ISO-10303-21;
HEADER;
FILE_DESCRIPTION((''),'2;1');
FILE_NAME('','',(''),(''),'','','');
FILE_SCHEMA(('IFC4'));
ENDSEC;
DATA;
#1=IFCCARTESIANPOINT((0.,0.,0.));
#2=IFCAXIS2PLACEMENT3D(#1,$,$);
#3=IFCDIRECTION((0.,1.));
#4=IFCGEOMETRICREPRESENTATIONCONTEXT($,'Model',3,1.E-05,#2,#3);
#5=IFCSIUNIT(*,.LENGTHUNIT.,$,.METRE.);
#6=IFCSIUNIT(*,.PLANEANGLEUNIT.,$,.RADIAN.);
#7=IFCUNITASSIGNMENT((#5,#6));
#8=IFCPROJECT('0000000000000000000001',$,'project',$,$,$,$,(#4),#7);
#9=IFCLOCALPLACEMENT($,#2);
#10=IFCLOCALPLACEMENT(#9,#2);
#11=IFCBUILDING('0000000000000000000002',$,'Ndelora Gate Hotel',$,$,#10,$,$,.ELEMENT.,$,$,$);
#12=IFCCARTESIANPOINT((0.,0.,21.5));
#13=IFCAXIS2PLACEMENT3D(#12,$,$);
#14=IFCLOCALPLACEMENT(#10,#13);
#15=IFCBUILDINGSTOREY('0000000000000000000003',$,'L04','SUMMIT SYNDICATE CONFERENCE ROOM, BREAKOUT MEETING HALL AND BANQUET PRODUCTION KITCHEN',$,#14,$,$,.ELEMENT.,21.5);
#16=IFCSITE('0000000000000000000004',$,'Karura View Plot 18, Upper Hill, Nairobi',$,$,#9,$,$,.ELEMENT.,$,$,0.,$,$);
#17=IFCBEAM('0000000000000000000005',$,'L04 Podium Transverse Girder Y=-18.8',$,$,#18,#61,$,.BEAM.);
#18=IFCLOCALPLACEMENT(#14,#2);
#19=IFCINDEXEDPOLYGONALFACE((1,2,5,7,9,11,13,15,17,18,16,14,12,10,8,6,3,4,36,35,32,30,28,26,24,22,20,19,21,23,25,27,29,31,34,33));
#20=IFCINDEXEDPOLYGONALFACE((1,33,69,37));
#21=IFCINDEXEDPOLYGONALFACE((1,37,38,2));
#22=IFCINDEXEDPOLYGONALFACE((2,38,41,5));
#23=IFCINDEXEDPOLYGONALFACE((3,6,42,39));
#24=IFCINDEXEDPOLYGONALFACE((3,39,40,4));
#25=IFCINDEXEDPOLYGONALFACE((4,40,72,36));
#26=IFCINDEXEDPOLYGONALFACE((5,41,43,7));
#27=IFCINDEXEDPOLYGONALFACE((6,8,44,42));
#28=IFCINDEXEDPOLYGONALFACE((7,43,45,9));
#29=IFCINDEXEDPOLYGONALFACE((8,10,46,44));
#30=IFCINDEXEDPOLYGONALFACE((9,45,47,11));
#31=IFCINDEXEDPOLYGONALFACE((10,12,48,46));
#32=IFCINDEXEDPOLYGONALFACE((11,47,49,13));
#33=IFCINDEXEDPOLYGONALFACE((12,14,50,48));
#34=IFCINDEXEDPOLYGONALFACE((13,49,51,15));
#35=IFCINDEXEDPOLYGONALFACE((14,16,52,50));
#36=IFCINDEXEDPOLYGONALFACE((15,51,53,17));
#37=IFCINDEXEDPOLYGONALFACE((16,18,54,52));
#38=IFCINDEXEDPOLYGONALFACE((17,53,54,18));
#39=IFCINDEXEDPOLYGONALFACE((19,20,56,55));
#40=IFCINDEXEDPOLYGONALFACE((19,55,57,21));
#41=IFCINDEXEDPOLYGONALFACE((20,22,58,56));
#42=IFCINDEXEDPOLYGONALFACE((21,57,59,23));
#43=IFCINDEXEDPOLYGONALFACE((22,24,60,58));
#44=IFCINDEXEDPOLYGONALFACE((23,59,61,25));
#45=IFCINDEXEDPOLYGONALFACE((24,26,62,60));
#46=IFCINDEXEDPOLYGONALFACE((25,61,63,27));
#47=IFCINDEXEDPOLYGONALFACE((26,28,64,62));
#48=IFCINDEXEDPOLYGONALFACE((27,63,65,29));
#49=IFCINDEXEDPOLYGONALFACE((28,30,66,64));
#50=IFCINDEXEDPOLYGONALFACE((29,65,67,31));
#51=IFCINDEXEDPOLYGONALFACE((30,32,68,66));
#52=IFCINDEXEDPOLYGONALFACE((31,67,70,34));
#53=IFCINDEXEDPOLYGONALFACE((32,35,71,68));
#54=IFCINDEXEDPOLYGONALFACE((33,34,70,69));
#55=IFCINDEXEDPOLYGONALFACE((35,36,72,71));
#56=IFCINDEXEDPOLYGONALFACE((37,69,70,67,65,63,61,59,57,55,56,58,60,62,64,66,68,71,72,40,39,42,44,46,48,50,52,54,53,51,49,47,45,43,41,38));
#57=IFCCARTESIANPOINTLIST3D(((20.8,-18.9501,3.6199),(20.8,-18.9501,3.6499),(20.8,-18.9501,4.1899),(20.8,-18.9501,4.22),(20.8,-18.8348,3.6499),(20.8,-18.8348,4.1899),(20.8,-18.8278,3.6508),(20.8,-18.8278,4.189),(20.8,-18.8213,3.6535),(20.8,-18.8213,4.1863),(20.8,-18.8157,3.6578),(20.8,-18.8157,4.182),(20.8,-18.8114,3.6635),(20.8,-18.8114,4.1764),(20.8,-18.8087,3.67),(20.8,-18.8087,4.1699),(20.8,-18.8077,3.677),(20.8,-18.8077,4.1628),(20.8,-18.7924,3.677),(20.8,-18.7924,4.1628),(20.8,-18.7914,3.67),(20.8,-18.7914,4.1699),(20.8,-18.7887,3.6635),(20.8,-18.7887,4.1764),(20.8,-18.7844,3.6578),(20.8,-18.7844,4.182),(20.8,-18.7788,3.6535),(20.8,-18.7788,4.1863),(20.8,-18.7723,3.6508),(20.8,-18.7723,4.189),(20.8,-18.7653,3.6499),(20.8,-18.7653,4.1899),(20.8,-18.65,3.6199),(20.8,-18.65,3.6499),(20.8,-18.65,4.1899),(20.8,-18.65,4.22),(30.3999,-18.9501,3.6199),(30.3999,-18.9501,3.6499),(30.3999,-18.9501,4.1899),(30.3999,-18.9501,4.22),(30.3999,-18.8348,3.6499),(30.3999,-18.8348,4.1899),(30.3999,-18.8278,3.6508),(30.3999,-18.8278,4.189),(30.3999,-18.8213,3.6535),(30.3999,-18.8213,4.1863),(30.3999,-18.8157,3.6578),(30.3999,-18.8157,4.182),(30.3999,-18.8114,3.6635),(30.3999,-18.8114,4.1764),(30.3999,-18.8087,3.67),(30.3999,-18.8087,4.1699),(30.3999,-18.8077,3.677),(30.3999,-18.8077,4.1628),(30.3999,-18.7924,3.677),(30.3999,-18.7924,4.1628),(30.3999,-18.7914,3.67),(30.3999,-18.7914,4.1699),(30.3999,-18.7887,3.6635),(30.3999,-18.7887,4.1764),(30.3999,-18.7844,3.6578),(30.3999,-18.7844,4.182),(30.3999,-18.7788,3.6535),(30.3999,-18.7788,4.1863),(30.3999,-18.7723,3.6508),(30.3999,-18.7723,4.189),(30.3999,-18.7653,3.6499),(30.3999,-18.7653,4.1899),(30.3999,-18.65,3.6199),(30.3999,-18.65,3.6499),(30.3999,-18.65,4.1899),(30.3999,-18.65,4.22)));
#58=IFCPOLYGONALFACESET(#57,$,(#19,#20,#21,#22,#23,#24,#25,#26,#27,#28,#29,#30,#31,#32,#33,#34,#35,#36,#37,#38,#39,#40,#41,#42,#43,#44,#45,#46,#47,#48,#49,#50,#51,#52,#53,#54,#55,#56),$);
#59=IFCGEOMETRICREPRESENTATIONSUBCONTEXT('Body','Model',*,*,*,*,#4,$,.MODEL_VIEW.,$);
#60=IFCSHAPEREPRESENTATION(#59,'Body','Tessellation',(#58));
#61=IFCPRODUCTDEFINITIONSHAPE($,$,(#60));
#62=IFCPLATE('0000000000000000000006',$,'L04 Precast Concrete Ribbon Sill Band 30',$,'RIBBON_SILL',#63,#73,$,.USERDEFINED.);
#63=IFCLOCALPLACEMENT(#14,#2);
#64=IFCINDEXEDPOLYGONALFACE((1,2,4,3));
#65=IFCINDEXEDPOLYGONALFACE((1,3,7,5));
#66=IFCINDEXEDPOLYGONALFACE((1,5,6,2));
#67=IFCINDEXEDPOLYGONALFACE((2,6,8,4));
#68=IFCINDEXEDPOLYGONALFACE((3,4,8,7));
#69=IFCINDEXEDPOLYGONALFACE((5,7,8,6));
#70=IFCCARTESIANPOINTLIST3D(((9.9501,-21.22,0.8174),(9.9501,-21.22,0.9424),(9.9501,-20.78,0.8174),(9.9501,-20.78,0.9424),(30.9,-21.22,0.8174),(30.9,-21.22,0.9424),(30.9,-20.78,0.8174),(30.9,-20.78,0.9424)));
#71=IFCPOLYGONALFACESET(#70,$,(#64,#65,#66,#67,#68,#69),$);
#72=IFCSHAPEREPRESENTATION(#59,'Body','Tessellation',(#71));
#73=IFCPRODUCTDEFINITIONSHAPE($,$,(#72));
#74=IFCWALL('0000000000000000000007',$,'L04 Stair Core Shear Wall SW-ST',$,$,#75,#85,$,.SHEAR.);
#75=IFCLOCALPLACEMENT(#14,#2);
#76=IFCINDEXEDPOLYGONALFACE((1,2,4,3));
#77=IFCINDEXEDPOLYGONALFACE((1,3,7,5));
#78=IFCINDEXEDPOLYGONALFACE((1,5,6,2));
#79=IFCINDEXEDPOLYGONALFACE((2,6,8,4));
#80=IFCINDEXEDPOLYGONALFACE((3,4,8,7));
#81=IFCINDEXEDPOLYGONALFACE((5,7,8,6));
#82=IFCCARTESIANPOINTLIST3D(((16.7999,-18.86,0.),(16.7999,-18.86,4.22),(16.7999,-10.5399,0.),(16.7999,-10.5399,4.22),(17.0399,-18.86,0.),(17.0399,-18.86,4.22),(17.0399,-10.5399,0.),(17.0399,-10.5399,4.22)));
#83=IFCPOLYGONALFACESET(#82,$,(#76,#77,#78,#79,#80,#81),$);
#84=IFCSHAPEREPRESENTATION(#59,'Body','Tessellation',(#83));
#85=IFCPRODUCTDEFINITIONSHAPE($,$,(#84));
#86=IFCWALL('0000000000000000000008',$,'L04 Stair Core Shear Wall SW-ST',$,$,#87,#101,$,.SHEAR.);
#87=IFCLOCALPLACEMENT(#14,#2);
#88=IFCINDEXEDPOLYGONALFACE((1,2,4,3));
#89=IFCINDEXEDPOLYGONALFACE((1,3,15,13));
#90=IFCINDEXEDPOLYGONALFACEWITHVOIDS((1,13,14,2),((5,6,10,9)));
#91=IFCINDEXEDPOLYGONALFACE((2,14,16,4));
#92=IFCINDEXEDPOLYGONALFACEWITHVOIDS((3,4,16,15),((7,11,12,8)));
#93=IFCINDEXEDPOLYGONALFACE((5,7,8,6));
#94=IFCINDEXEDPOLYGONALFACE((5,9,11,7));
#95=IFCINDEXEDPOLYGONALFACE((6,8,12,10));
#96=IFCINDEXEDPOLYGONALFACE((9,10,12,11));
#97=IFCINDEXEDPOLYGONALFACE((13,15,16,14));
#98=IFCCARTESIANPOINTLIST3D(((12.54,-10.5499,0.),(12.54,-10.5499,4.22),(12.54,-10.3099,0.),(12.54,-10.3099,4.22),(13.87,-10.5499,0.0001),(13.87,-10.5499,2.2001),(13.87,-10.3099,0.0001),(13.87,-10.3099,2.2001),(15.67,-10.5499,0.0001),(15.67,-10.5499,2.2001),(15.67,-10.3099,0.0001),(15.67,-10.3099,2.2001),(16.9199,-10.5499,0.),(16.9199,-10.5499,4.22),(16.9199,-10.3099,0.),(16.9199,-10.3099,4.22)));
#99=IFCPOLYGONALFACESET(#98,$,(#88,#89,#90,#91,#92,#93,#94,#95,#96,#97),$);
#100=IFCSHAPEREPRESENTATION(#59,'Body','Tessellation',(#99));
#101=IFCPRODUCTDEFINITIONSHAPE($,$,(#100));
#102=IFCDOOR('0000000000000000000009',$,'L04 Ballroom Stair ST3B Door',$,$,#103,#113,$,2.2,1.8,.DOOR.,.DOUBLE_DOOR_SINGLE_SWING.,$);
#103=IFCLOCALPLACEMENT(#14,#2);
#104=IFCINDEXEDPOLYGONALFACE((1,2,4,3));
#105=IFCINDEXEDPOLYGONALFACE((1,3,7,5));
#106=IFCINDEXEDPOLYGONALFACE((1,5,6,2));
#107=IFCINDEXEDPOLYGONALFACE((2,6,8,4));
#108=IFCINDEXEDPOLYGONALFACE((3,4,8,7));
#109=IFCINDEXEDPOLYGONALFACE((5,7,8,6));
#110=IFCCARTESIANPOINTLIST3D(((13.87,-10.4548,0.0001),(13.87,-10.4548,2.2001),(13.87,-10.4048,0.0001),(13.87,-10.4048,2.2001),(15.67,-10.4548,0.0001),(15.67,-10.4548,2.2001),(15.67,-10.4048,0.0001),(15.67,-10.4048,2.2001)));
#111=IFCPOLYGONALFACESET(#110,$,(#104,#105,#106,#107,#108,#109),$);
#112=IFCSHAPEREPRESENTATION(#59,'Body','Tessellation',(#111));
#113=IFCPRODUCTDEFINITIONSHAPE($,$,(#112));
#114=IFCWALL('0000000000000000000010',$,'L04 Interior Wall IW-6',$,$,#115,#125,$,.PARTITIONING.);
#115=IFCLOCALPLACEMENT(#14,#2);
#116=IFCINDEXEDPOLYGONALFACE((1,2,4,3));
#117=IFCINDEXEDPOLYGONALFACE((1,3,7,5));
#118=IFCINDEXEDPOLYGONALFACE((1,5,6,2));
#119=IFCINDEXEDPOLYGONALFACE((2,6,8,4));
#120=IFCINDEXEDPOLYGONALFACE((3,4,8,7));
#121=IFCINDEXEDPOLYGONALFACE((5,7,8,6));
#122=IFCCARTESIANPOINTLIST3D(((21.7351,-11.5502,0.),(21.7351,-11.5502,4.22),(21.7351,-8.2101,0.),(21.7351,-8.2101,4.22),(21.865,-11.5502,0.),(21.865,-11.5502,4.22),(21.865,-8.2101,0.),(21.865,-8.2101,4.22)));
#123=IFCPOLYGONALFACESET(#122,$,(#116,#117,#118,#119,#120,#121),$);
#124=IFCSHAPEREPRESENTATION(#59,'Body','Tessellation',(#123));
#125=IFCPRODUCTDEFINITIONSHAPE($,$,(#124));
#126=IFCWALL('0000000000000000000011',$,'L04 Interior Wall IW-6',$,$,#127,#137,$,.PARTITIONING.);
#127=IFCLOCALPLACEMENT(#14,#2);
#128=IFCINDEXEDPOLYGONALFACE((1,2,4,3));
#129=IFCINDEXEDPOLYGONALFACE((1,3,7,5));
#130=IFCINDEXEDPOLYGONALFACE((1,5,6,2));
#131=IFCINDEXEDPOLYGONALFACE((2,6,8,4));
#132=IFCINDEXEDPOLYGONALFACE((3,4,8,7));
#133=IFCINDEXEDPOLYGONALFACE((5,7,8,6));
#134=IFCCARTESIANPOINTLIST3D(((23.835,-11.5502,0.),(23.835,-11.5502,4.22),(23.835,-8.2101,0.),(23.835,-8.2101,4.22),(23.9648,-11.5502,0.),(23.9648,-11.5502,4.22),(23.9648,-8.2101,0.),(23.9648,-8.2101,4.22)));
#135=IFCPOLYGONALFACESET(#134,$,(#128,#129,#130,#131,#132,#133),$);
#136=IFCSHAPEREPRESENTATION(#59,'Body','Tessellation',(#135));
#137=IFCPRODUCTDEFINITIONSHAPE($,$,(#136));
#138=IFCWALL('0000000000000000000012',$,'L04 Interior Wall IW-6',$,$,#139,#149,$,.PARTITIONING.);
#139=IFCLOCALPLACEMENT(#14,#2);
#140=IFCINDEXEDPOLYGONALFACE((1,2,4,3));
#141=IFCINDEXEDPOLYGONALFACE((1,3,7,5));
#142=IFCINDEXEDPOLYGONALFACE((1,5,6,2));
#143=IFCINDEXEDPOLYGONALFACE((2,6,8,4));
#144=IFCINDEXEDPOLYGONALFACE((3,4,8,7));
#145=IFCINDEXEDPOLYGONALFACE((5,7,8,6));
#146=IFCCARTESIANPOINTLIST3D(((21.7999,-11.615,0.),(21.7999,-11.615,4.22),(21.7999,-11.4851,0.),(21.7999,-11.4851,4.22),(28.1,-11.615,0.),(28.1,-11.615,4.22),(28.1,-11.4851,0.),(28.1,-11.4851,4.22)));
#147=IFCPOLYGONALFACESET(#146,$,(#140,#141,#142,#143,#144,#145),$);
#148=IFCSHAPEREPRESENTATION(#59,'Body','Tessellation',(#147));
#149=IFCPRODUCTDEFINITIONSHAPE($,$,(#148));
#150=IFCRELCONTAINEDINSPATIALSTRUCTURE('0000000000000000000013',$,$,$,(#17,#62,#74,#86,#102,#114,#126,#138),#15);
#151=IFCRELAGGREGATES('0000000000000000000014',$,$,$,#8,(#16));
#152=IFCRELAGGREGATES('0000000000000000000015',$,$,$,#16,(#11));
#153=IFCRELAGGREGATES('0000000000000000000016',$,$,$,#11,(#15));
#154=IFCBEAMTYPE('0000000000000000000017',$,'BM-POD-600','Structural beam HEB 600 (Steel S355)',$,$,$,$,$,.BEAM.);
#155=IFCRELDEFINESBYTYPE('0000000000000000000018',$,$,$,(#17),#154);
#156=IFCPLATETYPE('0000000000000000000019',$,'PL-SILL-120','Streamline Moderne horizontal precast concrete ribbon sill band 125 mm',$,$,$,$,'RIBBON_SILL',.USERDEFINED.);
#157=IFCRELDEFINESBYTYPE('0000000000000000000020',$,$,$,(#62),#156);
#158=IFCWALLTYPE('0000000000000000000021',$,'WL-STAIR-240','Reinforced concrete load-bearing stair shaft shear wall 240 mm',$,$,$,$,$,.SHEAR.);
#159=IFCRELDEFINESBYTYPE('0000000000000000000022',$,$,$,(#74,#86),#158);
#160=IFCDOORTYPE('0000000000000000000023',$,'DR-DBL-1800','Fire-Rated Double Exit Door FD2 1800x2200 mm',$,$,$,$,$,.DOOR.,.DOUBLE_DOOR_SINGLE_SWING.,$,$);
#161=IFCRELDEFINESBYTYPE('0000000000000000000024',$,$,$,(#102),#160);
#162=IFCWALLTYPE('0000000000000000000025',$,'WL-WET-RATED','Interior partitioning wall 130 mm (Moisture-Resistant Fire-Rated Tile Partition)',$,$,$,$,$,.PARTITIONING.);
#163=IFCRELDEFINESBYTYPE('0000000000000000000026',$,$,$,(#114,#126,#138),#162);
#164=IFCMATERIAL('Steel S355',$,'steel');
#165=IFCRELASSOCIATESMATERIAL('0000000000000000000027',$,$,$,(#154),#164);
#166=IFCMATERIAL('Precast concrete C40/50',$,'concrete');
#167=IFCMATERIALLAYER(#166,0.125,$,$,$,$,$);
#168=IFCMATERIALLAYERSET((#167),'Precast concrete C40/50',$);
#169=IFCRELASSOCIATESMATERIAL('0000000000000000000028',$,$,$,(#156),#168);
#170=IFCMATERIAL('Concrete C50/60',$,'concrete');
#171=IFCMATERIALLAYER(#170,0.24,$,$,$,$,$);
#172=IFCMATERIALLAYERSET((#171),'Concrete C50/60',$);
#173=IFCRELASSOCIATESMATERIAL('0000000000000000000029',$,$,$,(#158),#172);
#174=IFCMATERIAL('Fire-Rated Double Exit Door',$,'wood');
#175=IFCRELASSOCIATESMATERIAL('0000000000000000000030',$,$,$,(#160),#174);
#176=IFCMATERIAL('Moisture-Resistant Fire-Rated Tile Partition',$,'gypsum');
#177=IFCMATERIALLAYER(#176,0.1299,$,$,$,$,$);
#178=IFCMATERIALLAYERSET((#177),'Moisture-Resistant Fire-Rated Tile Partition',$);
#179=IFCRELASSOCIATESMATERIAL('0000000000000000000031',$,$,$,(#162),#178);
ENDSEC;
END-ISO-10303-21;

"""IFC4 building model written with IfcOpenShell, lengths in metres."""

from ifc_helpers import new_model, si_unit, direction, frame, frame_2d, origin, origin_2d, place, context, subcontext, project, spatial, rectangle, i_section, extrude, material, layer, layer_set, material_profile, profile_set, type_object, element, fill, save


model = new_model("IFC4")

# Units and contexts
model_context = context("Model", 3, precision=1e-05, world=origin(), true_north=direction((0.0, 1.0)))
body_context = subcontext(model_context, "Body", "Model", "MODEL_VIEW")
ifc_project = project(units=[si_unit("LENGTHUNIT", "METRE"), si_unit("PLANEANGLEUNIT", "RADIAN")], contexts=[model_context])

# Site, building, storey
site_placement = place(None, origin())
site = spatial("IfcSite", under=ifc_project, at=site_placement, Name="Karura View Plot 18, Upper Hill, Nairobi", CompositionType="ELEMENT", RefElevation=0.0)
building_placement = place(site_placement, origin())
building = spatial("IfcBuilding", under=site, at=building_placement, Name="Ndelora Gate Hotel", CompositionType="ELEMENT")
storey_placement = place(building_placement, frame((0.0, 0.0, 21.5)))
storey = spatial("IfcBuildingStorey", under=building, at=storey_placement, Name="L04", Description="SUMMIT SYNDICATE CONFERENCE ROOM, BREAKOUT MEETING HALL AND BANQUET PRODUCTION KITCHEN", CompositionType="ELEMENT", Elevation=21.5)

# Shared definitions
ifc_material_1 = material(Name="Concrete C50/60", Category="concrete")

# Beam
ifc_material_2 = material(Name="Steel S355", Category="steel")
ifc_material_profile_1 = material_profile(ifc_material_2, i_section(OverallWidth=0.3, OverallDepth=0.6001, WebThickness=0.0154, FlangeThickness=0.03, FilletRadius=0.0271, at=origin_2d()), Name="HEB 600")
ifc_profile_set_1 = profile_set([ifc_material_profile_1], Name="Steel S355")
beam_type_1 = type_object("IfcBeamType", Name="BM-POD-600", Description="Structural beam HEB 600 (Steel S355)", PredefinedType="BEAM", material=ifc_profile_set_1)
beam_1_placement = place(storey_placement, frame((20.8, -18.8, 3.9199), z_axis=(1.0, 0.0, 0.0), x_axis=(0.0, 1.0, 0.0)))
element("IfcBeam", 1, at=beam_1_placement, inside=storey, type_object=beam_type_1, Name="L04 Podium Transverse Girder Y=-18.8", PredefinedType="BEAM", context=body_context, shape_type="SweptSolid", body=[
    extrude(i_section(OverallWidth=0.3, OverallDepth=0.6001, WebThickness=0.0154, FlangeThickness=0.03, FilletRadius=0.0271, at=origin_2d()), origin(), (0.0, 0.0, 1.0), 9.5999),
])

# Plate
ifc_material_3 = material(Name="Precast concrete C40/50", Category="concrete")
ifc_layer_1 = layer(ifc_material_3, 0.125)
ifc_layer_set_1 = layer_set([ifc_layer_1], Name="Precast concrete C40/50")
plate_type = type_object("IfcPlateType", Name="PL-SILL-120", Description="Streamline Moderne horizontal precast concrete ribbon sill band 125 mm", ElementType="RIBBON_SILL", PredefinedType="USERDEFINED", material=ifc_layer_set_1)
plate_placement = place(storey_placement, frame((20.425, -21.0, 0.8174), z_axis=(0.0, 0.0, 1.0), x_axis=(1.0, 0.0, 0.0)))
element("IfcPlate", 2, at=plate_placement, inside=storey, type_object=plate_type, Name="L04 Precast Concrete Ribbon Sill Band 30", ObjectType="RIBBON_SILL", PredefinedType="USERDEFINED", context=body_context, shape_type="SweptSolid", body=[
    extrude(rectangle(XDim=20.95, YDim=0.4399, at=origin_2d()), origin(), (0.0, 0.0, 1.0), 0.125),
])

# Wall
ifc_layer_2 = layer(ifc_material_1, 0.24)
ifc_layer_set_2 = layer_set([ifc_layer_2], Name="Concrete C50/60")
wall_type_1 = type_object("IfcWallType", Name="WL-STAIR-240", Description="Reinforced concrete load-bearing stair shaft shear wall 240 mm", PredefinedType="SHEAR", material=ifc_layer_set_2)
wall_1_placement = place(storey_placement, frame((16.9199, -18.8601, 0.0), z_axis=(0.0, 0.0, 1.0), x_axis=(0.0, 1.0, 0.0)))
element("IfcWall", 3, at=wall_1_placement, inside=storey, type_object=wall_type_1, Name="L04 Stair Core Shear Wall SW-ST", PredefinedType="SHEAR", context=body_context, shape_type="SweptSolid", body=[
    extrude(rectangle(XDim=8.3201, YDim=0.24, at=frame_2d((4.1602, 0.0))), origin(), (0.0, 0.0, 1.0), 4.22),
])

# Wall, opening, door
wall_2_placement = place(storey_placement, frame((16.9199, -10.4299, 0.0), z_axis=(0.0, 0.0, 1.0), x_axis=(-1.0, 0.0, 0.0)))
wall_2 = element("IfcWall", 4, at=wall_2_placement, inside=storey, type_object=wall_type_1, Name="L04 Stair Core Shear Wall SW-ST", PredefinedType="SHEAR", context=body_context, shape_type="SweptSolid", body=[
    extrude(rectangle(XDim=4.3799, YDim=0.24, at=frame_2d((2.1899, 0.0))), origin(), (0.0, 0.0, 1.0), 4.22),
])
opening_placement = place(wall_2_placement, frame((1.25, 0.0, 0.0)))
opening = element("IfcOpeningElement", 5, at=opening_placement, cuts=wall_2, PredefinedType="OPENING", context=body_context, shape_type="SweptSolid", body=[
    extrude(rectangle(XDim=1.8, YDim=2.2, at=frame_2d((0.8999, 1.1001))), frame((0.0, 0.1299, 0.0), z_axis=(0.0, -1.0, 0.0), x_axis=(1.0, 0.0, 0.0)), (0.0, 0.0, 1.0), 0.26),
])
ifc_material_4 = material(Name="Fire-Rated Double Exit Door", Category="wood")
door_type = type_object("IfcDoorType", Name="DR-DBL-1800", Description="Fire-Rated Double Exit Door FD2 1800x2200 mm", OperationType="DOUBLE_DOOR_SINGLE_SWING", PredefinedType="DOOR", material=ifc_material_4)
door_placement = place(opening_placement, origin())
door = element("IfcDoor", 6, at=door_placement, inside=storey, type_object=door_type, Name="L04 Ballroom Stair ST3B Door", OperationType="DOUBLE_DOOR_SINGLE_SWING", OverallHeight=2.2, OverallWidth=1.8, PredefinedType="DOOR", context=body_context, shape_type="SweptSolid", body=[
    extrude(rectangle(XDim=1.8, YDim=2.2, at=frame_2d((0.8999, 1.1001))), frame((0.0, 0.0249, 0.0), z_axis=(0.0, -1.0, 0.0), x_axis=(1.0, 0.0, 0.0)), (0.0, 0.0, 1.0), 0.05),
])
fill(opening, door)

# Walls
ifc_material_5 = material(Name="Moisture-Resistant Fire-Rated Tile Partition", Category="gypsum")
ifc_layer_3 = layer(ifc_material_5, 0.1299)
ifc_layer_set_3 = layer_set([ifc_layer_3], Name="Moisture-Resistant Fire-Rated Tile Partition")
wall_type_2 = type_object("IfcWallType", Name="WL-WET-RATED", Description="Interior partitioning wall 130 mm (Moisture-Resistant Fire-Rated Tile Partition)", PredefinedType="PARTITIONING", material=ifc_layer_set_3)
for number, where, z_axis, x_axis, name in (
    (7, (21.8, -11.55, 0.0), (0.0, 0.0, 1.0), (0.0, 1.0, 0.0), "L04 Interior Wall IW-6"),
    (8, (23.8999, -11.55, 0.0), (0.0, 0.0, 1.0), (0.0, 1.0, 0.0), "L04 Interior Wall IW-6"),
):
    element("IfcWall", number, at=place(storey_placement, frame(where, z_axis=z_axis, x_axis=x_axis)), inside=storey, type_object=wall_type_2, Name=name, PredefinedType="PARTITIONING", context=body_context, shape_type="SweptSolid", body=[
        extrude(rectangle(XDim=3.3401, YDim=0.1299, at=frame_2d((1.6699, 0.0))), origin(), (0.0, 0.0, 1.0), 4.22),
    ])
wall_3_placement = place(storey_placement, frame((21.8, -11.55, 0.0), z_axis=(0.0, 0.0, 1.0), x_axis=(1.0, 0.0, 0.0)))
element("IfcWall", 9, at=wall_3_placement, inside=storey, type_object=wall_type_2, Name="L04 Interior Wall IW-6", PredefinedType="PARTITIONING", context=body_context, shape_type="SweptSolid", body=[
    extrude(rectangle(XDim=6.3, YDim=0.1299, at=frame_2d((3.1499, 0.0))), origin(), (0.0, 0.0, 1.0), 4.22),
])

save(model, "model.ifc")
